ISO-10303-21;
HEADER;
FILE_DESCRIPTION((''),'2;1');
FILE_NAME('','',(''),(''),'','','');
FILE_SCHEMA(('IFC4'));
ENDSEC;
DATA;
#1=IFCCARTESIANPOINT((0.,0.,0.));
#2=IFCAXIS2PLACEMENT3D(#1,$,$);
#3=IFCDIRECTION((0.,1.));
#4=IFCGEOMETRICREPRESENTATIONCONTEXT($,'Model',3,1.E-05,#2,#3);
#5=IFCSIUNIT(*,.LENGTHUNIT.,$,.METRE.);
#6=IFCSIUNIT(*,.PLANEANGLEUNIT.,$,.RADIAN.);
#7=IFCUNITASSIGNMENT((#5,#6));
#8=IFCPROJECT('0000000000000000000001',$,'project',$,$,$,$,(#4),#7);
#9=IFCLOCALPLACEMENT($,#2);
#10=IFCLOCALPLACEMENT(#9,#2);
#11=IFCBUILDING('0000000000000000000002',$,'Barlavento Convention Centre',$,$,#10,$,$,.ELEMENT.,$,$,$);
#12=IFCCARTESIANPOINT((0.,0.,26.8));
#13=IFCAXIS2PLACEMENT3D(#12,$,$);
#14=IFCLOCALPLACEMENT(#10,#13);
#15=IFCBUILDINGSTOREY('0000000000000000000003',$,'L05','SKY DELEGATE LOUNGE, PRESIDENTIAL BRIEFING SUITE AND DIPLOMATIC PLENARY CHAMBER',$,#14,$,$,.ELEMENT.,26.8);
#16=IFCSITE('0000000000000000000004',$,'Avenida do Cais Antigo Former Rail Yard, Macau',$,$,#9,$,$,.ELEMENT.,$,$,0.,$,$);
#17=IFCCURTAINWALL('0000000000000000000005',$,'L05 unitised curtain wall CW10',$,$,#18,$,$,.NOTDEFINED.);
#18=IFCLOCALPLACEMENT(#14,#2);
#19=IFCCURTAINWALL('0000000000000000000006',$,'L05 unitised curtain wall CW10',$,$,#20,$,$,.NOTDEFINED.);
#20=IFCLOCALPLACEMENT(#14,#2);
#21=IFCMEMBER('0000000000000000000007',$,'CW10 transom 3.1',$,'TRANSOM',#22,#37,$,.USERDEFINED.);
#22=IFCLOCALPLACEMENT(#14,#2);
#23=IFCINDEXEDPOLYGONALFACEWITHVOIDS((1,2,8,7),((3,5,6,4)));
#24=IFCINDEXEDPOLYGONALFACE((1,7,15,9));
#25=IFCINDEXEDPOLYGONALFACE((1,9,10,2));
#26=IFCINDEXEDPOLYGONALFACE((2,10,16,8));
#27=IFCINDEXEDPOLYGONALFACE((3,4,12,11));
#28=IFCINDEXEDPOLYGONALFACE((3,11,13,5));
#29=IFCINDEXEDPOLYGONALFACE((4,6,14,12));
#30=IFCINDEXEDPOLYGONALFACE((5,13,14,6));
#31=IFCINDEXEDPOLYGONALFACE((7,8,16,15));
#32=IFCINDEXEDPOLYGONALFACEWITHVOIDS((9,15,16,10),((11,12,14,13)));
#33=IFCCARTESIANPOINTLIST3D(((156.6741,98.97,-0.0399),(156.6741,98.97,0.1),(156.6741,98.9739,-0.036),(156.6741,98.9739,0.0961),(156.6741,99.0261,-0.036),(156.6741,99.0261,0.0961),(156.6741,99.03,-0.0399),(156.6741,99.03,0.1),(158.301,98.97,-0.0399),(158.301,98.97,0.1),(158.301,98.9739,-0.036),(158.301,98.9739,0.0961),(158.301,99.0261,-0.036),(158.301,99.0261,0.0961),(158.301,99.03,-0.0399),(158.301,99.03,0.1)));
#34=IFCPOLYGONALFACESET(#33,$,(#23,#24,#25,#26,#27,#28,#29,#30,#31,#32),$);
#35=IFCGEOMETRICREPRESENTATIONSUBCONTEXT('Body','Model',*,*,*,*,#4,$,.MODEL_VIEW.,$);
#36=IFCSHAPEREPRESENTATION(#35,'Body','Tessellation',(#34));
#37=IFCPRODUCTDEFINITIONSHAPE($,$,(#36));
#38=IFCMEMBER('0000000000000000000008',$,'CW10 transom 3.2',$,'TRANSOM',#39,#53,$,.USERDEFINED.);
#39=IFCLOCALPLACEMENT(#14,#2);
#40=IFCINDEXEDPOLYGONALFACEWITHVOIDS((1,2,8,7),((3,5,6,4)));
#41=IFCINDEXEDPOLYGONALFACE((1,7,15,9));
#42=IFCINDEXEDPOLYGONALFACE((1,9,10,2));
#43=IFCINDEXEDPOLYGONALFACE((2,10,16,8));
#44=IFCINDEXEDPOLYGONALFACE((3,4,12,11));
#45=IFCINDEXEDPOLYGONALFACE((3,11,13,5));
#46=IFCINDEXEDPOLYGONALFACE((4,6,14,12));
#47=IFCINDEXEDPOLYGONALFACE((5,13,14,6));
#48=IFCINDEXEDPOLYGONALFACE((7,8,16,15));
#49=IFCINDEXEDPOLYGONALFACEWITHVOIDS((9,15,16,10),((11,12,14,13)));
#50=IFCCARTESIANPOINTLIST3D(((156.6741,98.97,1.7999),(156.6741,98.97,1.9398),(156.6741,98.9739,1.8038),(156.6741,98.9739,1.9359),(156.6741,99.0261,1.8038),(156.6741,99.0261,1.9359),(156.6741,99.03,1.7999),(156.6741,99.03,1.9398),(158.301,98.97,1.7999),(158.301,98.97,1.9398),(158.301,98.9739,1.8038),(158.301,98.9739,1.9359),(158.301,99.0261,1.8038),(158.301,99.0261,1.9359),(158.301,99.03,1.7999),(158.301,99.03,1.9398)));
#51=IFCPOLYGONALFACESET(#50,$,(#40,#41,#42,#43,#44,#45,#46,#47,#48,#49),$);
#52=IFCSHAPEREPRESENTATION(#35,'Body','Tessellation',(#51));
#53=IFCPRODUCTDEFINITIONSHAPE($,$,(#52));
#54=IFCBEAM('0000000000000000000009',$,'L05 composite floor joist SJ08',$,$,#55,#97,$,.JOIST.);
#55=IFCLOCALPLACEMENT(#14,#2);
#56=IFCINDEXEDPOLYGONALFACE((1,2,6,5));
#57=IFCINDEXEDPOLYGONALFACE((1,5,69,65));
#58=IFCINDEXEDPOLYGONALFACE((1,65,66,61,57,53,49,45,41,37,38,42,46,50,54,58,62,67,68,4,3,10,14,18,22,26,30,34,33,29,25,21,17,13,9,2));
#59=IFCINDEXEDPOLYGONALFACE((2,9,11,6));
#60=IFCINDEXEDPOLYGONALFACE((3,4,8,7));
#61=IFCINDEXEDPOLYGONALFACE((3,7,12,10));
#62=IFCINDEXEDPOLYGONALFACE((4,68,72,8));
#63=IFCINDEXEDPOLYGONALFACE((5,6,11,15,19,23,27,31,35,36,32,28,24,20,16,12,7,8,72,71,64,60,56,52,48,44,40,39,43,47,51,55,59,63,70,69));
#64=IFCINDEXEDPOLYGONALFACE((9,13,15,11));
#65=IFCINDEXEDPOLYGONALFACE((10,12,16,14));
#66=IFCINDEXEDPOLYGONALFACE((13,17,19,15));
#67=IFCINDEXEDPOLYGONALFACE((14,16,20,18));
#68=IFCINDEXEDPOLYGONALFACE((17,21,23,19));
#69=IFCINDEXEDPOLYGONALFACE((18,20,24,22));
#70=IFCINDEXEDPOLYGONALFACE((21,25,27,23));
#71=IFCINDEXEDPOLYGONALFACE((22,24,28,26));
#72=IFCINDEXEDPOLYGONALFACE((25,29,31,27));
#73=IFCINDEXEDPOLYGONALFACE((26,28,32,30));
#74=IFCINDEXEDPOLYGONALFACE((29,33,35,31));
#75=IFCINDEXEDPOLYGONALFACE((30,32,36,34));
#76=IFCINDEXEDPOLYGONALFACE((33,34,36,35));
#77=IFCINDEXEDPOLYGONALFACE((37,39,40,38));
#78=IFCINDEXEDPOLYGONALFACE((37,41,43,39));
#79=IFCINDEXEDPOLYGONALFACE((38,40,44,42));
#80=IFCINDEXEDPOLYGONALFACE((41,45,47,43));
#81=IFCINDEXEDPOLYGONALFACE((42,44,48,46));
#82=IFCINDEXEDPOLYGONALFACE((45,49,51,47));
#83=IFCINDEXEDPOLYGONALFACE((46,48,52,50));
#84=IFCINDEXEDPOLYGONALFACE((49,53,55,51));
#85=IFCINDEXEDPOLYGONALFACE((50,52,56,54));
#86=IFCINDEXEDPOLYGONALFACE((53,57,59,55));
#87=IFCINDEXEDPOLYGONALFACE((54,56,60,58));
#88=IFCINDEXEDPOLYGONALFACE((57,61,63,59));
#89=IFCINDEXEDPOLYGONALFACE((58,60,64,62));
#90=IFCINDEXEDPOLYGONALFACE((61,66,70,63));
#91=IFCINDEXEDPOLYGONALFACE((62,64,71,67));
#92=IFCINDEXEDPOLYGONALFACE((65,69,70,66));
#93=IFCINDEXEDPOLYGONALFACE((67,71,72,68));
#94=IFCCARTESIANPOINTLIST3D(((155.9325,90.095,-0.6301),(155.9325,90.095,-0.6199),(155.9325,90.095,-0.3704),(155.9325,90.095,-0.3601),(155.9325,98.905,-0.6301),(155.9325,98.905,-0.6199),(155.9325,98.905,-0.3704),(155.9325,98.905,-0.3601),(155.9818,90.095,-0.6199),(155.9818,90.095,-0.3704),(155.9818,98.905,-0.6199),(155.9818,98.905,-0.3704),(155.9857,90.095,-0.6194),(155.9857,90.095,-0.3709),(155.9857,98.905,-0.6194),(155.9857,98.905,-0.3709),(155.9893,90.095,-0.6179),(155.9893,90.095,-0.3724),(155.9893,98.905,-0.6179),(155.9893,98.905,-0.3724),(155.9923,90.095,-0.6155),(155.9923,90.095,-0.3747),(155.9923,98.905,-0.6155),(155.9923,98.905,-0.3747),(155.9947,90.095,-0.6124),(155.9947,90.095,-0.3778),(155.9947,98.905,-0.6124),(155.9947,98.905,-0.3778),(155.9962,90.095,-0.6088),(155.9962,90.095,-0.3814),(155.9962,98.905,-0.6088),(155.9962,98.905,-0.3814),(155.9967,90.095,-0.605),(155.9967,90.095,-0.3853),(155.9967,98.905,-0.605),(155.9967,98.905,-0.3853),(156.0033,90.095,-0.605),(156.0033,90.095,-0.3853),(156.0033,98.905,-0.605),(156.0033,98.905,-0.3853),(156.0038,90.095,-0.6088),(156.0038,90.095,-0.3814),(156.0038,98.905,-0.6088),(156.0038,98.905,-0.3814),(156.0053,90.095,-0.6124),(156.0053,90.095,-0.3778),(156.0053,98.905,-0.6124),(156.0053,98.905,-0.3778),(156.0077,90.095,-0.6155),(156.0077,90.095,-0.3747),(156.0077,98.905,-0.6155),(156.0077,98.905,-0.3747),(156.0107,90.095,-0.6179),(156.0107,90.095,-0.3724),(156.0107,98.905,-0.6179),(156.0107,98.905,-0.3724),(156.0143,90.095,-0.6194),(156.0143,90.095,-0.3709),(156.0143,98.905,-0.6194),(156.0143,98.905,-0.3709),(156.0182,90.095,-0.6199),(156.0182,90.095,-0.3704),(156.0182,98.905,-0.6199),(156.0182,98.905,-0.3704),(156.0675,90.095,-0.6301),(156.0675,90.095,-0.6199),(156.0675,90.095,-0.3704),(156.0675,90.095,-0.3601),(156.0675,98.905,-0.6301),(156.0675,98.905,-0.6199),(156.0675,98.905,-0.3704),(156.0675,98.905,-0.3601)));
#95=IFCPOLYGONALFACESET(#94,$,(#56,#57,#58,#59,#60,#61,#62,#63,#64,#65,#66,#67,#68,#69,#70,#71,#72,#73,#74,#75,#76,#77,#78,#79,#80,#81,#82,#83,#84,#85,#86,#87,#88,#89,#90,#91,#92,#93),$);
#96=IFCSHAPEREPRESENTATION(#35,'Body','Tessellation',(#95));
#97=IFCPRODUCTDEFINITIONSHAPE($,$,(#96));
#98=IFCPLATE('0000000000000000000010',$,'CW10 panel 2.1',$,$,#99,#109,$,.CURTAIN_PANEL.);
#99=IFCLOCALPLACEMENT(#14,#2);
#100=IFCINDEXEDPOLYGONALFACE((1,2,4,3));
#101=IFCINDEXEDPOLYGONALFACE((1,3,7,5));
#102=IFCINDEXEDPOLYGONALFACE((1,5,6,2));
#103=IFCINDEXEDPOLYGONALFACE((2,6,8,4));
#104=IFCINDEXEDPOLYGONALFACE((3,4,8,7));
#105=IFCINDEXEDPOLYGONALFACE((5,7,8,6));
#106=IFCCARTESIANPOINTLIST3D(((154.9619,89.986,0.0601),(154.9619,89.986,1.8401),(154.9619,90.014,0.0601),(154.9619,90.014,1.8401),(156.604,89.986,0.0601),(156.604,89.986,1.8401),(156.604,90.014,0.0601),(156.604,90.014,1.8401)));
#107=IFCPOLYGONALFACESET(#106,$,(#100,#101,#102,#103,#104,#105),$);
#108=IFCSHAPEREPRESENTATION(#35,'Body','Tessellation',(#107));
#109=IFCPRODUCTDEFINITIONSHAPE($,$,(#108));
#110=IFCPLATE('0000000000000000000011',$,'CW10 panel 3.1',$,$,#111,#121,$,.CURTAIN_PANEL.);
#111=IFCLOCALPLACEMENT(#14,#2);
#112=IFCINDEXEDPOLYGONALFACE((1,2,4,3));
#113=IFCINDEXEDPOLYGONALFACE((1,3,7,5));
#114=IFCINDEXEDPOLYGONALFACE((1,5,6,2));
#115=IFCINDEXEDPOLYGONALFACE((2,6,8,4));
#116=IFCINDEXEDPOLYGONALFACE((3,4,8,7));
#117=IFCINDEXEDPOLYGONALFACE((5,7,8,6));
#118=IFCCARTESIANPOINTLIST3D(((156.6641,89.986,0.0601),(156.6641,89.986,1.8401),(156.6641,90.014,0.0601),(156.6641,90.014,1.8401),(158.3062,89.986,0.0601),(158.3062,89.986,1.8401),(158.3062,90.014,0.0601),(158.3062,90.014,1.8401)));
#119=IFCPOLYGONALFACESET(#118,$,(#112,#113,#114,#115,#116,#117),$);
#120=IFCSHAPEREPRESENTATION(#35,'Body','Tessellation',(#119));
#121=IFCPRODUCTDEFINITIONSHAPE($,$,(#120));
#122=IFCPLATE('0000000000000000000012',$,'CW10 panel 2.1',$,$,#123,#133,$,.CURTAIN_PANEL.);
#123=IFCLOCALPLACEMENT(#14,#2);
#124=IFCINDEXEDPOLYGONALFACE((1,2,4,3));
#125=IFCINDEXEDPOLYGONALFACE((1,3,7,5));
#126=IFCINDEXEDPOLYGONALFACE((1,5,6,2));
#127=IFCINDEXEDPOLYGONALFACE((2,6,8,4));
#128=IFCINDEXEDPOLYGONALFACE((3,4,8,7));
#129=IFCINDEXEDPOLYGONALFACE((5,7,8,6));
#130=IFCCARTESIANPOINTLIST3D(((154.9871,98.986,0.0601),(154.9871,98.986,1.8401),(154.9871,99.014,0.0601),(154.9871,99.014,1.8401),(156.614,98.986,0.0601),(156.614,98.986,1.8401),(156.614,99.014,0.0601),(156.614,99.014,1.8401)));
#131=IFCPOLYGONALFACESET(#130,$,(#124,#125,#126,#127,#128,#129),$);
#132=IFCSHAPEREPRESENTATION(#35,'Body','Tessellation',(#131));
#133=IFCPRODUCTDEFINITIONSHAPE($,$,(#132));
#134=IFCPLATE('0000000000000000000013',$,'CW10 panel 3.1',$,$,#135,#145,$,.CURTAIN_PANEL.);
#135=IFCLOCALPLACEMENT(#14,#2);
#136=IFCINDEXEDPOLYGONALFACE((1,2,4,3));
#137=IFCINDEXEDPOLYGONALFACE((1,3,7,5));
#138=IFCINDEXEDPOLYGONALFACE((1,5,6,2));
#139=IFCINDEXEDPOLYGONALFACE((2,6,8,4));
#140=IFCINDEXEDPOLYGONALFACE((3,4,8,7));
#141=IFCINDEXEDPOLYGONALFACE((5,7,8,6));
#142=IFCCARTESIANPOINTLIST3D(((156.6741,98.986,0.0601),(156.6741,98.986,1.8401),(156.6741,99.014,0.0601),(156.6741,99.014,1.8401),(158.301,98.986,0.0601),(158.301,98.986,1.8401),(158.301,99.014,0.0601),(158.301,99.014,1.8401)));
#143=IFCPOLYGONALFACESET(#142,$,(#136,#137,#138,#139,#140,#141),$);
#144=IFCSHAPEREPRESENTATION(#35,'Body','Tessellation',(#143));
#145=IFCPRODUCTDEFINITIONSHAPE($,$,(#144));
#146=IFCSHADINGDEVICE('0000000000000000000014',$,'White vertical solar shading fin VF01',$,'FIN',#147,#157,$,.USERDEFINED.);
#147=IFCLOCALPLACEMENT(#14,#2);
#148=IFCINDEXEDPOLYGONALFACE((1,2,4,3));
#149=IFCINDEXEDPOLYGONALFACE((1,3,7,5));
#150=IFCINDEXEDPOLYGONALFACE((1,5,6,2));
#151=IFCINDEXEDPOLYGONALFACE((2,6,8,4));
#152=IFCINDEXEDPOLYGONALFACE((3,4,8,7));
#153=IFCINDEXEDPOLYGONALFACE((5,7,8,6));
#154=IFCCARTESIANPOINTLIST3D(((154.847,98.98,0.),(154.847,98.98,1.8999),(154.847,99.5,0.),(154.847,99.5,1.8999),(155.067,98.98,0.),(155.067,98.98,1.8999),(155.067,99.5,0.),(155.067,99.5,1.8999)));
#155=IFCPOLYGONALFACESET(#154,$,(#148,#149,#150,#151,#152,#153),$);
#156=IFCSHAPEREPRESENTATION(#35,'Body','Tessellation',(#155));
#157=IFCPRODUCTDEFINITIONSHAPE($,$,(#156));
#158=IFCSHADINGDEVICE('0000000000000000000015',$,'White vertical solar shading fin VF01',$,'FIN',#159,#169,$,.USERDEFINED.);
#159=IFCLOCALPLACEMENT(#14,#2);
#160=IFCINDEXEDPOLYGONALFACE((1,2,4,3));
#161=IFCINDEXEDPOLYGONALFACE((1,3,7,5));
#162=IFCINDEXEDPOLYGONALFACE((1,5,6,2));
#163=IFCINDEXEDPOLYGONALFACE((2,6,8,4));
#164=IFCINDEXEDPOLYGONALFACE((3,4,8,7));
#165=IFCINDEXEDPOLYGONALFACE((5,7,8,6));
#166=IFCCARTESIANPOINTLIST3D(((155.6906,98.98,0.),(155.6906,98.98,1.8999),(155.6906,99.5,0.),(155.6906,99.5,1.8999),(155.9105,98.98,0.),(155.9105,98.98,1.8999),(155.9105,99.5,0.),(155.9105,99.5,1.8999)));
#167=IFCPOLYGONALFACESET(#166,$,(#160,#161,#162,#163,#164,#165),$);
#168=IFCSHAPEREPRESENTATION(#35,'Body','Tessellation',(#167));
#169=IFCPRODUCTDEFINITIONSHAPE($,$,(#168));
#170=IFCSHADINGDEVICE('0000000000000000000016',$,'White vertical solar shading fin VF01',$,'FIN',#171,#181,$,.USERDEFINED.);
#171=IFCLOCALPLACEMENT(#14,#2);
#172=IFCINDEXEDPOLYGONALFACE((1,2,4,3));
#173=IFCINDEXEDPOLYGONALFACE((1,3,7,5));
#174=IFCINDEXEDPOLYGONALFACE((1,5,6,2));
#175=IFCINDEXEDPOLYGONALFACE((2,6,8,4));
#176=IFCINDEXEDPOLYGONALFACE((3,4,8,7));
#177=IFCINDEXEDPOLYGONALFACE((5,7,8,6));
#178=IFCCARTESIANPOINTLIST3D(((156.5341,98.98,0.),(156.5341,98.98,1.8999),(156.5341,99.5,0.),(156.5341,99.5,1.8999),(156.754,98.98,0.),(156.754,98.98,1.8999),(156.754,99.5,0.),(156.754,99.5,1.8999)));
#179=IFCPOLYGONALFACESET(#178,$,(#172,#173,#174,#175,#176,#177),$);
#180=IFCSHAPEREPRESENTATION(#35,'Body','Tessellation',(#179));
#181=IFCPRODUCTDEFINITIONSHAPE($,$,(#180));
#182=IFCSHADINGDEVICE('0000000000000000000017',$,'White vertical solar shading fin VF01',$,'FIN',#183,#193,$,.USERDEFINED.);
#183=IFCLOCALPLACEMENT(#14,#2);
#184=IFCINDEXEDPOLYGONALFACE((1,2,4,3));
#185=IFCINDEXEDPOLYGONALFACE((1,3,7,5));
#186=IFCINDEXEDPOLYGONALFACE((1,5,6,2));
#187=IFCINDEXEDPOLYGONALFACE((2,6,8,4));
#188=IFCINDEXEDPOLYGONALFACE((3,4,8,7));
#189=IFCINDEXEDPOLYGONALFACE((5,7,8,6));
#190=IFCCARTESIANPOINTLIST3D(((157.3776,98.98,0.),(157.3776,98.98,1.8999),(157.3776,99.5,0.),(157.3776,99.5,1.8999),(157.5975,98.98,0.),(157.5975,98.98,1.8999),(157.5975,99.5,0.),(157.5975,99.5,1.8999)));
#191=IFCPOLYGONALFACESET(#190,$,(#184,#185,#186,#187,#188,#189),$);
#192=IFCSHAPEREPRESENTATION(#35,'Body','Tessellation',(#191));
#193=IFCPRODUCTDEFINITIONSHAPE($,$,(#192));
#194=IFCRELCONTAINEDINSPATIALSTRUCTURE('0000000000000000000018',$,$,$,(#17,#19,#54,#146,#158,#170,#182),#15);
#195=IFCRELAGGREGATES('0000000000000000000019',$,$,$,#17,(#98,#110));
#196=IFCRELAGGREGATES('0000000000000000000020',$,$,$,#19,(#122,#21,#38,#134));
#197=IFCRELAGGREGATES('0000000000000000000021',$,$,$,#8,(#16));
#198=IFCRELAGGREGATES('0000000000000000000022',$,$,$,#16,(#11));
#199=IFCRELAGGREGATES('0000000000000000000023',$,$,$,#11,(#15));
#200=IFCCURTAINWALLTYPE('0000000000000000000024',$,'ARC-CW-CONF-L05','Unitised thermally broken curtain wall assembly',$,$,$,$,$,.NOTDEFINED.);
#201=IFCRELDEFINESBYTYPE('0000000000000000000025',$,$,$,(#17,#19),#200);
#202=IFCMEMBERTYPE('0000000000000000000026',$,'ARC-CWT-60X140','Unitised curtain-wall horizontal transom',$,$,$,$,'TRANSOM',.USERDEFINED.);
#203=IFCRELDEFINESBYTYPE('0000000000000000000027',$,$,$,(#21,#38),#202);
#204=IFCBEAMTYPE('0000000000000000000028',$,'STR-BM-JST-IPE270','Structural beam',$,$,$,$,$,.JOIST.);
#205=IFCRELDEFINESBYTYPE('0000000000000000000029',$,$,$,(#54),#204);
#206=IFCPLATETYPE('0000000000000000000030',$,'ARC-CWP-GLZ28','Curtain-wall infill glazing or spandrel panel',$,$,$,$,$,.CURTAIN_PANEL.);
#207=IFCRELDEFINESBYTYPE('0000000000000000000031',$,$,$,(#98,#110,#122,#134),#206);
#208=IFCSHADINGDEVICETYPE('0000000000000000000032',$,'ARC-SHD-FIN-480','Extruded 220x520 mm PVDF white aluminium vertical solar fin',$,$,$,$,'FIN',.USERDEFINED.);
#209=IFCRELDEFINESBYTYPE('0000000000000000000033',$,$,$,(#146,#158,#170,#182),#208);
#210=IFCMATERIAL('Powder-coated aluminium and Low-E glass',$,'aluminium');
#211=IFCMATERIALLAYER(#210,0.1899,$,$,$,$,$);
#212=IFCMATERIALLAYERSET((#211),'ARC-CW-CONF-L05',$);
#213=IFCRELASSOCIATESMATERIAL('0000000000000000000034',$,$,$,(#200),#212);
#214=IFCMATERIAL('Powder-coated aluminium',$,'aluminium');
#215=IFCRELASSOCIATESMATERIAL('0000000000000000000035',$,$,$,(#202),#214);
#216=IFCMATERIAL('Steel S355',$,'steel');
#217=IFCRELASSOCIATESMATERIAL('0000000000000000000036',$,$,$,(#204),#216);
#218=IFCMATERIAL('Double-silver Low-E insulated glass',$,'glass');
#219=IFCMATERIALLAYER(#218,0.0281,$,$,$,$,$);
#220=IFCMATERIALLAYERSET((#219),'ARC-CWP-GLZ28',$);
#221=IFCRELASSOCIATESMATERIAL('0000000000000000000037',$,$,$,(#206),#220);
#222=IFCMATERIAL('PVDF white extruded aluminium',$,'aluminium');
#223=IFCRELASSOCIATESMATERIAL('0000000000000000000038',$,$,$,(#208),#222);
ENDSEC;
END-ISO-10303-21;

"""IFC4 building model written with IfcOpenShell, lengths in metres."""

from ifc_helpers import new_model, si_unit, direction, frame, origin, origin_2d, place, context, subcontext, project, spatial, rectangle, hollow_rectangle, i_section, extrude, material, layer, layer_set, material_profile, profile_set, type_object, element, aggregate, save


model = new_model("IFC4")

# Units and contexts
model_context = context("Model", 3, precision=1e-05, world=origin(), true_north=direction((0.0, 1.0)))
body_context = subcontext(model_context, "Body", "Model", "MODEL_VIEW")
ifc_project = project(units=[si_unit("LENGTHUNIT", "METRE"), si_unit("PLANEANGLEUNIT", "RADIAN")], contexts=[model_context])

# Site, building, storey
site_placement = place(None, origin())
site = spatial("IfcSite", under=ifc_project, at=site_placement, Name="Avenida do Cais Antigo Former Rail Yard, Macau", CompositionType="ELEMENT", RefElevation=0.0)
building_placement = place(site_placement, origin())
building = spatial("IfcBuilding", under=site, at=building_placement, Name="Barlavento Convention Centre", CompositionType="ELEMENT")
storey_placement = place(building_placement, frame((0.0, 0.0, 26.8)))
storey = spatial("IfcBuildingStorey", under=building, at=storey_placement, Name="L05", Description="SKY DELEGATE LOUNGE, PRESIDENTIAL BRIEFING SUITE AND DIPLOMATIC PLENARY CHAMBER", CompositionType="ELEMENT", Elevation=26.8)

# Curtain walls
ifc_material_1 = material(Name="Powder-coated aluminium and Low-E glass", Category="aluminium")
ifc_layer_1 = layer(ifc_material_1, 0.1899)
ifc_layer_set_1 = layer_set([ifc_layer_1], Name="ARC-CW-CONF-L05")
curtain_wall_type = type_object("IfcCurtainWallType", Name="ARC-CW-CONF-L05", Description="Unitised thermally broken curtain wall assembly", PredefinedType="NOTDEFINED", material=ifc_layer_set_1)
curtain_wall_1_placement = place(storey_placement, origin())
curtain_wall_1 = element("IfcCurtainWall", 1, at=curtain_wall_1_placement, inside=storey, type_object=curtain_wall_type, Name="L05 unitised curtain wall CW10", PredefinedType="NOTDEFINED")
ifc_material_2 = material(Name="Powder-coated aluminium", Category="aluminium")
curtain_wall_2_placement = place(storey_placement, origin())
curtain_wall_2 = element("IfcCurtainWall", 2, at=curtain_wall_2_placement, inside=storey, type_object=curtain_wall_type, Name="L05 unitised curtain wall CW10", PredefinedType="NOTDEFINED")

# Members
ifc_material_profile_1 = material_profile(ifc_material_2, hollow_rectangle(XDim=0.0601, YDim=0.1399, WallThickness=0.0039, at=origin_2d()), Name="AL-TRAN 60x140x4")
ifc_profile_set_1 = profile_set([ifc_material_profile_1], Name="Powder-coated aluminium")
member_type_1 = type_object("IfcMemberType", Name="ARC-CWT-60X140", Description="Unitised curtain-wall horizontal transom", ElementType="TRANSOM", PredefinedType="USERDEFINED", material=ifc_profile_set_1)
member_1_placement = place(storey_placement, frame((156.6741, 99.0, 0.03), z_axis=(1.0, 0.0, 0.0), x_axis=(0.0, 1.0, 0.0)))
member_1 = element("IfcMember", 3, at=member_1_placement, type_object=member_type_1, Name="CW10 transom 3.1", ObjectType="TRANSOM", PredefinedType="USERDEFINED", context=body_context, shape_type="SweptSolid", body=[
    extrude(hollow_rectangle(XDim=0.0601, YDim=0.1399, WallThickness=0.0039, at=origin_2d()), origin(), (0.0, 0.0, 1.0), 1.627),
])
member_2_placement = place(storey_placement, frame((156.6741, 99.0, 1.8699), z_axis=(1.0, 0.0, 0.0), x_axis=(0.0, 1.0, 0.0)))
member_2 = element("IfcMember", 4, at=member_2_placement, type_object=member_type_1, Name="CW10 transom 3.2", ObjectType="TRANSOM", PredefinedType="USERDEFINED", context=body_context, shape_type="SweptSolid", body=[
    extrude(hollow_rectangle(XDim=0.0601, YDim=0.1399, WallThickness=0.0039, at=origin_2d()), origin(), (0.0, 0.0, 1.0), 1.627),
])

# Beam
ifc_material_3 = material(Name="Steel S355", Category="steel")
ifc_material_profile_2 = material_profile(ifc_material_3, i_section(OverallWidth=0.135, OverallDepth=0.27, WebThickness=0.0066, FlangeThickness=0.0103, FilletRadius=0.0149, at=origin_2d()), Name="IPE 270")
ifc_profile_set_2 = profile_set([ifc_material_profile_2], Name="Steel S355")
beam_type = type_object("IfcBeamType", Name="STR-BM-JST-IPE270", Description="Structural beam", PredefinedType="JOIST", material=ifc_profile_set_2)
beam_placement = place(storey_placement, frame((156.0, 90.095, -0.4951), z_axis=(0.0, 1.0, 0.0), x_axis=(-1.0, 0.0, 0.0)))
element("IfcBeam", 5, at=beam_placement, inside=storey, type_object=beam_type, Name="L05 composite floor joist SJ08", PredefinedType="JOIST", context=body_context, shape_type="SweptSolid", body=[
    extrude(i_section(OverallWidth=0.135, OverallDepth=0.27, WebThickness=0.0066, FlangeThickness=0.0103, FilletRadius=0.0149, at=origin_2d()), origin(), (0.0, 0.0, 1.0), 8.8101),
])

# Plates
ifc_material_4 = material(Name="Double-silver Low-E insulated glass", Category="glass")
ifc_layer_2 = layer(ifc_material_4, 0.0281)
ifc_layer_set_2 = layer_set([ifc_layer_2], Name="ARC-CWP-GLZ28")
plate_type = type_object("IfcPlateType", Name="ARC-CWP-GLZ28", Description="Curtain-wall infill glazing or spandrel panel", PredefinedType="CURTAIN_PANEL", material=ifc_layer_set_2)
plate_1_placement = place(storey_placement, frame((155.783, 90.0, 0.0601), z_axis=(0.0, 0.0, 1.0), x_axis=(1.0, 0.0, 0.0)))
plate_1 = element("IfcPlate", 6, at=plate_1_placement, type_object=plate_type, Name="CW10 panel 2.1", PredefinedType="CURTAIN_PANEL", context=body_context, shape_type="SweptSolid", body=[
    extrude(rectangle(XDim=1.6421, YDim=0.0281, at=origin_2d()), origin(), (0.0, 0.0, 1.0), 1.78),
])
plate_2_placement = place(storey_placement, frame((157.4851, 90.0, 0.0601), z_axis=(0.0, 0.0, 1.0), x_axis=(1.0, 0.0, 0.0)))
plate_2 = element("IfcPlate", 7, at=plate_2_placement, type_object=plate_type, Name="CW10 panel 3.1", PredefinedType="CURTAIN_PANEL", context=body_context, shape_type="SweptSolid", body=[
    extrude(rectangle(XDim=1.6421, YDim=0.0281, at=origin_2d()), origin(), (0.0, 0.0, 1.0), 1.78),
])
aggregate(curtain_wall_1, [plate_1, plate_2])
plate_3_placement = place(storey_placement, frame((155.8005, 99.0, 0.0601), z_axis=(0.0, 0.0, 1.0), x_axis=(1.0, 0.0, 0.0)))
plate_3 = element("IfcPlate", 8, at=plate_3_placement, type_object=plate_type, Name="CW10 panel 2.1", PredefinedType="CURTAIN_PANEL", context=body_context, shape_type="SweptSolid", body=[
    extrude(rectangle(XDim=1.627, YDim=0.0281, at=origin_2d()), origin(), (0.0, 0.0, 1.0), 1.78),
])
plate_4_placement = place(storey_placement, frame((157.4875, 99.0, 0.0601), z_axis=(0.0, 0.0, 1.0), x_axis=(1.0, 0.0, 0.0)))
plate_4 = element("IfcPlate", 9, at=plate_4_placement, type_object=plate_type, Name="CW10 panel 3.1", PredefinedType="CURTAIN_PANEL", context=body_context, shape_type="SweptSolid", body=[
    extrude(rectangle(XDim=1.627, YDim=0.0281, at=origin_2d()), origin(), (0.0, 0.0, 1.0), 1.78),
])
aggregate(curtain_wall_2, [plate_3, member_1, member_2, plate_4])

# Shading devices
ifc_material_5 = material(Name="PVDF white extruded aluminium", Category="aluminium")
shading_device_type = type_object("IfcShadingDeviceType", Name="ARC-SHD-FIN-480", Description="Extruded 220x520 mm PVDF white aluminium vertical solar fin", ElementType="FIN", PredefinedType="USERDEFINED", material=ifc_material_5)
for number, where, z_axis, x_axis, name in (
    (10, (154.957, 99.24, 0.0), (0.0, 0.0, 1.0), (1.0, 0.0, 0.0), "White vertical solar shading fin VF01"),
    (11, (155.8005, 99.24, 0.0), (0.0, 0.0, 1.0), (1.0, 0.0, 0.0), "White vertical solar shading fin VF01"),
    (12, (156.644, 99.24, 0.0), (0.0, 0.0, 1.0), (1.0, 0.0, 0.0), "White vertical solar shading fin VF01"),
    (13, (157.4875, 99.24, 0.0), (0.0, 0.0, 1.0), (1.0, 0.0, 0.0), "White vertical solar shading fin VF01"),
):
    element("IfcShadingDevice", number, at=place(storey_placement, frame(where, z_axis=z_axis, x_axis=x_axis)), inside=storey, type_object=shading_device_type, Name=name, ObjectType="FIN", PredefinedType="USERDEFINED", context=body_context, shape_type="SweptSolid", body=[
        extrude(rectangle(XDim=0.22, YDim=0.52, at=origin_2d()), origin(), (0.0, 0.0, 1.0), 1.8999),
    ])

save(model, "model.ifc")
